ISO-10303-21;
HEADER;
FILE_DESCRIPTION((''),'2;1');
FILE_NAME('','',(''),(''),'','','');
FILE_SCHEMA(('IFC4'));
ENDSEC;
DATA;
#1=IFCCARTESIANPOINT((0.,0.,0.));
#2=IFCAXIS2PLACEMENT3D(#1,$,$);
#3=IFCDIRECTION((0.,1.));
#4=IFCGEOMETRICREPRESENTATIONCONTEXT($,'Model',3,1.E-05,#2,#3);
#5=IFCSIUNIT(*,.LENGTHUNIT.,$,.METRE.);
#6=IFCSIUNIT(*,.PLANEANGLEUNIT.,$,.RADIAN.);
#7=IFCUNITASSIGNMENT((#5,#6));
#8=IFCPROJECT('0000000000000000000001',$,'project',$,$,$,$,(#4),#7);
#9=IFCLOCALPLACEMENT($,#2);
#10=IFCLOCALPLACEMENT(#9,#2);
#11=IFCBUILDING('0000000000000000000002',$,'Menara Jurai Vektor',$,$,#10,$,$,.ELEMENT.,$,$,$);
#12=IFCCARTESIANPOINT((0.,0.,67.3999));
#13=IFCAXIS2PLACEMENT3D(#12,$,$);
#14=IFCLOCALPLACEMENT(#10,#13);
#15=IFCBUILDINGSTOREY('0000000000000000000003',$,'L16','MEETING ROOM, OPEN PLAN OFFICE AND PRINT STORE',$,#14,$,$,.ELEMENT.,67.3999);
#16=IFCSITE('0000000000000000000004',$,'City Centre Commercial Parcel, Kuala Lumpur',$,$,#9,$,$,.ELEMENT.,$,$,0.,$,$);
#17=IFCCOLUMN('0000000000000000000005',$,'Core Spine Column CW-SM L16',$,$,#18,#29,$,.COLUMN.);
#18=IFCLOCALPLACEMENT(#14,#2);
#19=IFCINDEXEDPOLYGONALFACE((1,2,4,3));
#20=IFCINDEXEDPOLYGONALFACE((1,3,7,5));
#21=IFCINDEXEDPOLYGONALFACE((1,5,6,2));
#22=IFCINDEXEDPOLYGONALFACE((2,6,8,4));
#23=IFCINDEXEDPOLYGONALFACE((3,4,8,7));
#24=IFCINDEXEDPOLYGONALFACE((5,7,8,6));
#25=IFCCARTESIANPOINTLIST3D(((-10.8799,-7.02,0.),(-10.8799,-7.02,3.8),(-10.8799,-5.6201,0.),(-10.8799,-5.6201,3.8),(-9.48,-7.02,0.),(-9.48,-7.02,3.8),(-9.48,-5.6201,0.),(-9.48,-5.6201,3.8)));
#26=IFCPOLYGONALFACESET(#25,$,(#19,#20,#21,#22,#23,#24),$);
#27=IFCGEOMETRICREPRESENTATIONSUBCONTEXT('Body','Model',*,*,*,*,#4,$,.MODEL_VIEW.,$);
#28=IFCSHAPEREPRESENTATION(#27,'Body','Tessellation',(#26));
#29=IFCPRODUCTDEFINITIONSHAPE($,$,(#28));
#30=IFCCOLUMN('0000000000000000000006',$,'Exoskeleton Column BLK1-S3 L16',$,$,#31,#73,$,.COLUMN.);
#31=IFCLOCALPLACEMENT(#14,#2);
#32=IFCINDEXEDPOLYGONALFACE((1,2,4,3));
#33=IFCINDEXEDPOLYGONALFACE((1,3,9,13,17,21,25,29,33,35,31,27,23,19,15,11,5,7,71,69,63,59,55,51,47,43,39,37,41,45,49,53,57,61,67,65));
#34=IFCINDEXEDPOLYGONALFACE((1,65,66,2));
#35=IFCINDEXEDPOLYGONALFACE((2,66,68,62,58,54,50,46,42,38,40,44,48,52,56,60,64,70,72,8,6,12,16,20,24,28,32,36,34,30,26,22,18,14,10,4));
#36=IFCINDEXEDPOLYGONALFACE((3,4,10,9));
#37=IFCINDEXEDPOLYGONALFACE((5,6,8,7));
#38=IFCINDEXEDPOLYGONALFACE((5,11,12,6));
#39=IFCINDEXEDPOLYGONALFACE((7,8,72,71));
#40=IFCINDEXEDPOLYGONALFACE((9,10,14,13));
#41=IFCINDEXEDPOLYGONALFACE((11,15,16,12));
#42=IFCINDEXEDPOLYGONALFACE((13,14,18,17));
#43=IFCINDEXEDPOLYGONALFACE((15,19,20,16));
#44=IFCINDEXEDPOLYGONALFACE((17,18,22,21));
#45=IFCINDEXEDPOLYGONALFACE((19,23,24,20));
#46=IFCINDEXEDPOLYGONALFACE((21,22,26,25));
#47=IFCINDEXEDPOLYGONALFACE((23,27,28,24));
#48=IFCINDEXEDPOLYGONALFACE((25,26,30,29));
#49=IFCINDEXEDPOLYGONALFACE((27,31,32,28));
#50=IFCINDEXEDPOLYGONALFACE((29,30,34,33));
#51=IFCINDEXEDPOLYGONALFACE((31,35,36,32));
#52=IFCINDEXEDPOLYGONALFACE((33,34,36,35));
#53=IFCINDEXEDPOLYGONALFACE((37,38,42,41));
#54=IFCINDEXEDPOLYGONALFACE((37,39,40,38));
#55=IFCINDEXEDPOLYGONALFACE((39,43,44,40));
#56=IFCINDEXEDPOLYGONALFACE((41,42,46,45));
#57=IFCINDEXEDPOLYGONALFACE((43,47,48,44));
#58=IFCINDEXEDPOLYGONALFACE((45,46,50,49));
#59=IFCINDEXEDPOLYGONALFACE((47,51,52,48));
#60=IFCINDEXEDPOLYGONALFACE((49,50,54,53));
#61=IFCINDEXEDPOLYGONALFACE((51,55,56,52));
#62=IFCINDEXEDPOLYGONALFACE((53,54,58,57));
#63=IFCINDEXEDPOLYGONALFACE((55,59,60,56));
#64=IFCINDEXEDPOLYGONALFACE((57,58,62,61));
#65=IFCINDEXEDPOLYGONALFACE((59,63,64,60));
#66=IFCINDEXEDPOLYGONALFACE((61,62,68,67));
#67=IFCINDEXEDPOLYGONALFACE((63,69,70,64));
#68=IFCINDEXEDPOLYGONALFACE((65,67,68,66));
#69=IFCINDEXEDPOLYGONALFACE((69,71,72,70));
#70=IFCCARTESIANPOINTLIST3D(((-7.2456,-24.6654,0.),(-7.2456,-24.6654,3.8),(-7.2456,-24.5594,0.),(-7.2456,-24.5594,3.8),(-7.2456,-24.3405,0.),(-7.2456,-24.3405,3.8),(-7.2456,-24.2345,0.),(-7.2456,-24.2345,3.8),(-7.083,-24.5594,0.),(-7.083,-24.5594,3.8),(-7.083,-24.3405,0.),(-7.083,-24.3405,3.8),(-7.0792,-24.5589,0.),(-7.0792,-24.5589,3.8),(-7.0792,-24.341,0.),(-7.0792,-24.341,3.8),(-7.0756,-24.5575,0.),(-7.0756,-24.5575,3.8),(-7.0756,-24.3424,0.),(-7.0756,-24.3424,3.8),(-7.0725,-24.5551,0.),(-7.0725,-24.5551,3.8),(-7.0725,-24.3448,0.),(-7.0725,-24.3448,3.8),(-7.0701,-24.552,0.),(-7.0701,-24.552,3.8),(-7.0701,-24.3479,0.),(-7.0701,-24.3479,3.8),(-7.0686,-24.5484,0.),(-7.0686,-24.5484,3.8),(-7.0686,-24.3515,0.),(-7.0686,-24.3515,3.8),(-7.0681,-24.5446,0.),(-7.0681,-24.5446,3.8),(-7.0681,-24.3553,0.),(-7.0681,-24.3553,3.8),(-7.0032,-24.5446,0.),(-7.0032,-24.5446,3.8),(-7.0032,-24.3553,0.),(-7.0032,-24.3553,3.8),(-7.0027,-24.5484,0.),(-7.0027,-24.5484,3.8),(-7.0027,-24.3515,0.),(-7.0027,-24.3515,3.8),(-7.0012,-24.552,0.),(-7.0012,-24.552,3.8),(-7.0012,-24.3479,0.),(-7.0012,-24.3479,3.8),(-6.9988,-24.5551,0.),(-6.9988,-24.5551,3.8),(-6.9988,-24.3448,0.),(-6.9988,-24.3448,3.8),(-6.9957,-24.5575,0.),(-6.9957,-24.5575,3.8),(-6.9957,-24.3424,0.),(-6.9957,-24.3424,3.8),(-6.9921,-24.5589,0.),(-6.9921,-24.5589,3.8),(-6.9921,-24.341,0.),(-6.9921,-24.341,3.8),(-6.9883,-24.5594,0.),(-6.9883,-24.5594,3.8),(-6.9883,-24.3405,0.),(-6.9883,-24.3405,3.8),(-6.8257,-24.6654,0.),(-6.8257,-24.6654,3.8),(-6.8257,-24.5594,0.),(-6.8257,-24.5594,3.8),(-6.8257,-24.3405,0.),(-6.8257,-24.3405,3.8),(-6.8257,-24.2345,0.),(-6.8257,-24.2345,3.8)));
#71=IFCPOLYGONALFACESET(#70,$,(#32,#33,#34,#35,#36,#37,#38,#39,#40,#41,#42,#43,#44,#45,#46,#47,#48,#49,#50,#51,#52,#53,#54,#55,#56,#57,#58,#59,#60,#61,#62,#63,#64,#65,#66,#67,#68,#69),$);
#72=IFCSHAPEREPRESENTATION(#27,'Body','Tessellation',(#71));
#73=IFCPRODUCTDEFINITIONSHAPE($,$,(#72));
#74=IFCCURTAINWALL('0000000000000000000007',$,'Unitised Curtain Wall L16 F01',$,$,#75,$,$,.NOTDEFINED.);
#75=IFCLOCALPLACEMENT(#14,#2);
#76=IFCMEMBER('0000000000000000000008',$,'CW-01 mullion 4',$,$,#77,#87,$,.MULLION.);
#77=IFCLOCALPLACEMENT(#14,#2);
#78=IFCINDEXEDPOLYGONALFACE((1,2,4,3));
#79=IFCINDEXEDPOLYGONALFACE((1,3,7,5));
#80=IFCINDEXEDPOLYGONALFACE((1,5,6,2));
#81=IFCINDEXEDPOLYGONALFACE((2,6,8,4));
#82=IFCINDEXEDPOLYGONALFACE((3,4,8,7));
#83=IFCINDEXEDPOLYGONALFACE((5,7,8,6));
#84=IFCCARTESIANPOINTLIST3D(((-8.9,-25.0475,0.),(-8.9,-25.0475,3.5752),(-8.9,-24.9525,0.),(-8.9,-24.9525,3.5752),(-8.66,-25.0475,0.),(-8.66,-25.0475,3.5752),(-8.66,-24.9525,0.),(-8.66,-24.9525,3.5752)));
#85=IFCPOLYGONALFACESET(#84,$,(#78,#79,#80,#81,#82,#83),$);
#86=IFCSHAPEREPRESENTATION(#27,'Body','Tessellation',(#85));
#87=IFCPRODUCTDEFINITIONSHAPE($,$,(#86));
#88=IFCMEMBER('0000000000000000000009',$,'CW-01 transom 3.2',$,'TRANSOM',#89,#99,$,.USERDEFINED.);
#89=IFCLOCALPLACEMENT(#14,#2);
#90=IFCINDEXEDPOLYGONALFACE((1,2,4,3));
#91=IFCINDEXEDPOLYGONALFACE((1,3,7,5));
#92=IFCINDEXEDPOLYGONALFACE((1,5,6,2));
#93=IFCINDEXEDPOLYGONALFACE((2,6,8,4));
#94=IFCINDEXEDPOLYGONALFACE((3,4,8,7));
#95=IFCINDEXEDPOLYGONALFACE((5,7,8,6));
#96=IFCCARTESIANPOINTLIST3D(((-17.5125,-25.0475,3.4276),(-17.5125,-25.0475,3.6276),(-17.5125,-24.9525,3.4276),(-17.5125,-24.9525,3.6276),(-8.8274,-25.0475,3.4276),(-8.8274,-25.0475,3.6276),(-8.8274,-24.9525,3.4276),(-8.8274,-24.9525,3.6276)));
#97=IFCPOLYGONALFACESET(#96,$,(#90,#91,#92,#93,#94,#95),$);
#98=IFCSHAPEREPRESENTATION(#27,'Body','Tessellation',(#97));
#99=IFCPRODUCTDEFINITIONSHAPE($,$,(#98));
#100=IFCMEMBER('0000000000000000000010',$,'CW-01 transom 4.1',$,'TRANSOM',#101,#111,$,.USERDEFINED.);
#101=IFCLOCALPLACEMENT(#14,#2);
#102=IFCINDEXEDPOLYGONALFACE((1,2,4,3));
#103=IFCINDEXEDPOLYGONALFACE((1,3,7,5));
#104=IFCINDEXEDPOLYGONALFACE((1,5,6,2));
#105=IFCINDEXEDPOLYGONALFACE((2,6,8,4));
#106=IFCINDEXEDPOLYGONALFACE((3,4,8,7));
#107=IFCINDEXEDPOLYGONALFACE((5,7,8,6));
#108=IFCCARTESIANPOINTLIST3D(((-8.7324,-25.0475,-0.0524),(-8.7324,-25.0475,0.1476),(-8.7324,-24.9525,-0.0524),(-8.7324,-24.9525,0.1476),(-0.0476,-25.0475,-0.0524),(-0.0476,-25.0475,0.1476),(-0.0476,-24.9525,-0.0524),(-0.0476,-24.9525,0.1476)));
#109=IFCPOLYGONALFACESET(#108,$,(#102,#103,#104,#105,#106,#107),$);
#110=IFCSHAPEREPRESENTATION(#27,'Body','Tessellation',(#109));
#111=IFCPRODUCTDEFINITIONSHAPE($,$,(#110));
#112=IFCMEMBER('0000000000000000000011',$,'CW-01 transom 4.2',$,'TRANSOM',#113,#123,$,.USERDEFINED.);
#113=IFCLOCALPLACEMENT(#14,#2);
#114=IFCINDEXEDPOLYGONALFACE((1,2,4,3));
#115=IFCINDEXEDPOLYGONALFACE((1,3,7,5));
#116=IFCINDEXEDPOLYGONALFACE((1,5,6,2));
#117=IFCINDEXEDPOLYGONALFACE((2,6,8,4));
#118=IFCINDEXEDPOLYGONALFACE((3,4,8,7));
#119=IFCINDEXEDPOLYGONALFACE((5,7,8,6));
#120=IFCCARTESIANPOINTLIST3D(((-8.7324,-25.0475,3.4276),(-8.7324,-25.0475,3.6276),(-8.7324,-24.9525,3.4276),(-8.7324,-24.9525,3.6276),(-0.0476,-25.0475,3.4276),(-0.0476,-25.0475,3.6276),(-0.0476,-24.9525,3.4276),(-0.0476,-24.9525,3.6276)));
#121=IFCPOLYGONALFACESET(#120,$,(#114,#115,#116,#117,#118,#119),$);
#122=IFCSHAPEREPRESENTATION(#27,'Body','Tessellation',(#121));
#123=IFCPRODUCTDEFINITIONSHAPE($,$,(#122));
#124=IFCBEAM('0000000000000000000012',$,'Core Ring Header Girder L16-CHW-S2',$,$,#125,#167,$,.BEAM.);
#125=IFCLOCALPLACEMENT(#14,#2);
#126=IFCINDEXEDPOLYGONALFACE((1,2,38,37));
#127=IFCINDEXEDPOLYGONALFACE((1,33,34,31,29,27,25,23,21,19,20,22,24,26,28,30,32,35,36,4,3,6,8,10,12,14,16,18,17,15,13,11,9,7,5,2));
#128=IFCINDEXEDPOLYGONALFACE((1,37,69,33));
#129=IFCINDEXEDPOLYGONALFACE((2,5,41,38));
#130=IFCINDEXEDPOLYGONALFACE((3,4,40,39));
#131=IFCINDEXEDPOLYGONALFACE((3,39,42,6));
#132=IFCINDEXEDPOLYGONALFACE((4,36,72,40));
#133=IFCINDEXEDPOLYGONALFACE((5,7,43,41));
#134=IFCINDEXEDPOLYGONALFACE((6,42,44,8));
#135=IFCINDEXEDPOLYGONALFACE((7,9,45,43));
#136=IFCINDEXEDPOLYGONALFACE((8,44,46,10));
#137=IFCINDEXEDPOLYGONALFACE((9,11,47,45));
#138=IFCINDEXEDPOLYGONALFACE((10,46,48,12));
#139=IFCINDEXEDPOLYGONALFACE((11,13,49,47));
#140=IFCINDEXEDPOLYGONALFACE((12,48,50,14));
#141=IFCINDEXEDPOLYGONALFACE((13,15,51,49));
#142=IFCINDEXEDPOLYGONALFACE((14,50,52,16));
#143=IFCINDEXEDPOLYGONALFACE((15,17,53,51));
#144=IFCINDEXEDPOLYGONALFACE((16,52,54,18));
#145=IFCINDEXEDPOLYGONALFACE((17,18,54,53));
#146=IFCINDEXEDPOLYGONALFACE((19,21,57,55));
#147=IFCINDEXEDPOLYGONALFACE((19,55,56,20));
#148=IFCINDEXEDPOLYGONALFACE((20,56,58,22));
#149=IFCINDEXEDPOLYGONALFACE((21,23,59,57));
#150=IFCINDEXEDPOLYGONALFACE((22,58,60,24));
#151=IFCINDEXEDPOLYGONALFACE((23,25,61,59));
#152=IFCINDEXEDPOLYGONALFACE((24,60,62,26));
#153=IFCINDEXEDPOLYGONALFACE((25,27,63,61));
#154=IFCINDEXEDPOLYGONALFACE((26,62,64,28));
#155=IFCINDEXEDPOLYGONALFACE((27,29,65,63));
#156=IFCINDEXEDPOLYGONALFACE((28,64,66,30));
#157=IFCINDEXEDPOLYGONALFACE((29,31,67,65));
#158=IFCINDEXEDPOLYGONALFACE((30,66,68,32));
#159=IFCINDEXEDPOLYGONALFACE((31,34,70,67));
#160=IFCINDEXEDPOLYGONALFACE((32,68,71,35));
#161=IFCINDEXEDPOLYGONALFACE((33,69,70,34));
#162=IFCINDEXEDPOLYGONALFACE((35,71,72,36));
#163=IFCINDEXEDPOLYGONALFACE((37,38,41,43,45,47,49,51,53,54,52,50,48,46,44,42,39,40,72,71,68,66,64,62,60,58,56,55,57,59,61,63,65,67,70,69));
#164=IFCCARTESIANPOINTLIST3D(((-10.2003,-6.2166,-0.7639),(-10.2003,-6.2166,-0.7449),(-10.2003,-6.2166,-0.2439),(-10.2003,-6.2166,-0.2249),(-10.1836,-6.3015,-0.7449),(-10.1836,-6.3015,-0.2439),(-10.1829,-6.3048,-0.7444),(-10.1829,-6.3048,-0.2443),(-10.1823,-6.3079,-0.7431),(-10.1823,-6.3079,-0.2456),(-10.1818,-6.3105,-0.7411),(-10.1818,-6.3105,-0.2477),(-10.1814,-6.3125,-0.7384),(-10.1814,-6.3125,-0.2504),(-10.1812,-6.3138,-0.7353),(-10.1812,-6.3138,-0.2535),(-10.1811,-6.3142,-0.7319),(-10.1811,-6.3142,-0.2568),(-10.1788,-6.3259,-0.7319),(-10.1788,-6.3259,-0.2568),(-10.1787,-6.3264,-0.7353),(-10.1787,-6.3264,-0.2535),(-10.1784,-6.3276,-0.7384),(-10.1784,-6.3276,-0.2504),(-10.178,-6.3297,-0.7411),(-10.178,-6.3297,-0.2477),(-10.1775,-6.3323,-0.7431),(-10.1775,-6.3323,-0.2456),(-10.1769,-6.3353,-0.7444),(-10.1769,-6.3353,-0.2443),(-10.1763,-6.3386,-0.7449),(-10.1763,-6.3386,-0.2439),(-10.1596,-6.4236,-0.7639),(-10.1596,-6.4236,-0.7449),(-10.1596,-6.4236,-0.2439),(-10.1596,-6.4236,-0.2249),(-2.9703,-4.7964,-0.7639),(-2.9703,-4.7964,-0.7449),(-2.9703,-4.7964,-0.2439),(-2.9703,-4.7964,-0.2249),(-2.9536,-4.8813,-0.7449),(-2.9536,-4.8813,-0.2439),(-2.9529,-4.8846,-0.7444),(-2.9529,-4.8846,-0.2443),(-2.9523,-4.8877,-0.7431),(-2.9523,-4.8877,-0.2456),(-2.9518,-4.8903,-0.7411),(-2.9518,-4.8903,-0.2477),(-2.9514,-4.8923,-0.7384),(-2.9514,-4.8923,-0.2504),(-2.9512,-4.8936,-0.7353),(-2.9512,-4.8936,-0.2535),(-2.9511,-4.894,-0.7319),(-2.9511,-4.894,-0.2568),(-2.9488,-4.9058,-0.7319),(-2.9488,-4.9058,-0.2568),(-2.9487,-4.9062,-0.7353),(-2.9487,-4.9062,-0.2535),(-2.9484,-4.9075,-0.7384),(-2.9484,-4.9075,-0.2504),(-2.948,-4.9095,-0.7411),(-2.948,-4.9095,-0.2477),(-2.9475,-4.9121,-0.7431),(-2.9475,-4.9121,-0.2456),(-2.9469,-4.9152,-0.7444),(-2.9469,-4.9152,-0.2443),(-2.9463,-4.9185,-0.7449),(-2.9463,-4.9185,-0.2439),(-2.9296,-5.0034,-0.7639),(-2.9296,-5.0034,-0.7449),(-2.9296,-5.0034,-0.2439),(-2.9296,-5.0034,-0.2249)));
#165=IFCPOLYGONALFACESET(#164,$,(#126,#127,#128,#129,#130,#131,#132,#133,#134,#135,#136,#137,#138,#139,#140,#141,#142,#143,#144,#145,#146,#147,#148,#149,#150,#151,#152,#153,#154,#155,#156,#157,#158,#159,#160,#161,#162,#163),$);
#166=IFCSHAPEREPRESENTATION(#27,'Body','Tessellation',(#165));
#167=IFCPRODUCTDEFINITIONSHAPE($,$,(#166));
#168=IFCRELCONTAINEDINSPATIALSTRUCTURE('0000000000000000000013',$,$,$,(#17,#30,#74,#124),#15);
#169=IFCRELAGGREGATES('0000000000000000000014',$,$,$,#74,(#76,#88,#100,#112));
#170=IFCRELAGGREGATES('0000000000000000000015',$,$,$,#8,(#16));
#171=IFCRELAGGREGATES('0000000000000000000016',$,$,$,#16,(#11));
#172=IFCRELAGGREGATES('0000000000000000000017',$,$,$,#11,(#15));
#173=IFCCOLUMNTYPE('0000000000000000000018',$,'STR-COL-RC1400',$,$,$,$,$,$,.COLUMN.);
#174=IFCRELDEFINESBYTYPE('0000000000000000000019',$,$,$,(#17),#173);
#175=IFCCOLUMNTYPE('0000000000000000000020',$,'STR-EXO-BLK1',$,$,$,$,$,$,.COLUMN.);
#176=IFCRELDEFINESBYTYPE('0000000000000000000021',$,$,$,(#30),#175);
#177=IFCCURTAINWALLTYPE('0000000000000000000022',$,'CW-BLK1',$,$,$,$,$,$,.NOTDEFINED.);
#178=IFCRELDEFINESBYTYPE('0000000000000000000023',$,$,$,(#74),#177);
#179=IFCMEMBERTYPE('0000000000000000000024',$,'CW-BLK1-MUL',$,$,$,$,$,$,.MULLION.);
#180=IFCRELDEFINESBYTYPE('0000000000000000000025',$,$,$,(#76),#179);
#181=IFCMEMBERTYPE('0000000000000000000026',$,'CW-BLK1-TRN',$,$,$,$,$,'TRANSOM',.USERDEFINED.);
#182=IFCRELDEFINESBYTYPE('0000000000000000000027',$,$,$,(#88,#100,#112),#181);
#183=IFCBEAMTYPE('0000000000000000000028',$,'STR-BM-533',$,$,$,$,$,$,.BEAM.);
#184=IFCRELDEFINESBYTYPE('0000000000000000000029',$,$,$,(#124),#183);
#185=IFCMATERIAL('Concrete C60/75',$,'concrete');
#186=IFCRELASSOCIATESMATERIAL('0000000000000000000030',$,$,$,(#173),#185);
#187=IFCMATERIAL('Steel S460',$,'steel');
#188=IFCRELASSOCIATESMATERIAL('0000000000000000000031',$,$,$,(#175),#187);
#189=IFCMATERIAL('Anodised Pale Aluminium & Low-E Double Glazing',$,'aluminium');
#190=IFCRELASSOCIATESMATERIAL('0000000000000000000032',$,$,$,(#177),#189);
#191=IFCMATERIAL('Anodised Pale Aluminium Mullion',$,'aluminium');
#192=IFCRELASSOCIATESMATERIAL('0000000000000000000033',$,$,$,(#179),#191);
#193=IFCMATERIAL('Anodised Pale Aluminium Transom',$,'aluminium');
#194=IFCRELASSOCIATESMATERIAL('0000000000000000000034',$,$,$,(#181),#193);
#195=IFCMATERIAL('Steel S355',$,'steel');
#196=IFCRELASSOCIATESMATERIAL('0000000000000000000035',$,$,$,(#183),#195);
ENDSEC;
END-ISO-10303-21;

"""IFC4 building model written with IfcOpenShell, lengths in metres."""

from ifc_helpers import new_model, si_unit, direction, frame, origin, origin_2d, place, context, subcontext, project, spatial, rectangle, i_section, extrude, material, material_profile, profile_set, type_object, element, aggregate, save


model = new_model("IFC4")

# Units and contexts
model_context = context("Model", 3, precision=1e-05, world=origin(), true_north=direction((0.0, 1.0)))
body_context = subcontext(model_context, "Body", "Model", "MODEL_VIEW")
ifc_project = project(units=[si_unit("LENGTHUNIT", "METRE"), si_unit("PLANEANGLEUNIT", "RADIAN")], contexts=[model_context])

# Site, building, storey
site_placement = place(None, origin())
site = spatial("IfcSite", under=ifc_project, at=site_placement, Name="City Centre Commercial Parcel, Kuala Lumpur", CompositionType="ELEMENT", RefElevation=0.0)
building_placement = place(site_placement, origin())
building = spatial("IfcBuilding", under=site, at=building_placement, Name="Menara Jurai Vektor", CompositionType="ELEMENT")
storey_placement = place(building_placement, frame((0.0, 0.0, 67.3999)))
storey = spatial("IfcBuildingStorey", under=building, at=storey_placement, Name="L16", Description="MEETING ROOM, OPEN PLAN OFFICE AND PRINT STORE", CompositionType="ELEMENT", Elevation=67.3999)

# Columns
ifc_material_1 = material(Name="Concrete C60/75", Category="concrete")
ifc_material_profile_1 = material_profile(ifc_material_1, rectangle(XDim=1.3999, YDim=1.3999, at=origin_2d()), Name="RC 1400x1400")
ifc_profile_set_1 = profile_set([ifc_material_profile_1], Name="Concrete C60/75")
column_type_1 = type_object("IfcColumnType", Name="STR-COL-RC1400", PredefinedType="COLUMN", material=ifc_profile_set_1)
column_1_placement = place(storey_placement, frame((-10.1799, -6.3201, 0.0), z_axis=(0.0, 0.0, 1.0), x_axis=(1.0, 0.0, 0.0)))
element("IfcColumn", 1, at=column_1_placement, inside=storey, type_object=column_type_1, Name="Core Spine Column CW-SM L16", PredefinedType="COLUMN", context=body_context, shape_type="SweptSolid", body=[
    extrude(rectangle(XDim=1.3999, YDim=1.3999, at=origin_2d()), origin(), (0.0, 0.0, 1.0), 3.8),
])
ifc_material_2 = material(Name="Steel S460", Category="steel")
ifc_material_profile_2 = material_profile(ifc_material_2, i_section(OverallWidth=0.4199, OverallDepth=0.4309, WebThickness=0.0649, FlangeThickness=0.106, FilletRadius=0.0149, at=origin_2d()), Name="HD 400x900")
ifc_profile_set_2 = profile_set([ifc_material_profile_2], Name="Steel S460")
column_type_2 = type_object("IfcColumnType", Name="STR-EXO-BLK1", PredefinedType="COLUMN", material=ifc_profile_set_2)
column_2_placement = place(storey_placement, frame((-7.0356, -24.45, 0.0), z_axis=(0.0, 0.0, 1.0), x_axis=(1.0, 0.0, 0.0)))
element("IfcColumn", 2, at=column_2_placement, inside=storey, type_object=column_type_2, Name="Exoskeleton Column BLK1-S3 L16", PredefinedType="COLUMN", context=body_context, shape_type="SweptSolid", body=[
    extrude(i_section(OverallWidth=0.4199, OverallDepth=0.4309, WebThickness=0.0649, FlangeThickness=0.106, FilletRadius=0.0149, at=origin_2d()), origin(), (0.0, 0.0, 1.0), 3.8),
])

# Curtain wall, members
ifc_material_3 = material(Name="Anodised Pale Aluminium & Low-E Double Glazing", Category="aluminium")
curtain_wall_type = type_object("IfcCurtainWallType", Name="CW-BLK1", PredefinedType="NOTDEFINED", material=ifc_material_3)
curtain_wall_placement = place(storey_placement, origin())
curtain_wall = element("IfcCurtainWall", 3, at=curtain_wall_placement, inside=storey, type_object=curtain_wall_type, Name="Unitised Curtain Wall L16 F01", PredefinedType="NOTDEFINED")
ifc_material_4 = material(Name="Anodised Pale Aluminium Mullion", Category="aluminium")
ifc_material_profile_3 = material_profile(ifc_material_4, rectangle(XDim=0.095, YDim=0.24, at=origin_2d()), Name="ALU MUL 95x240")
ifc_profile_set_3 = profile_set([ifc_material_profile_3], Name="Anodised Pale Aluminium Mullion")
member_type_1 = type_object("IfcMemberType", Name="CW-BLK1-MUL", PredefinedType="MULLION", material=ifc_profile_set_3)
member_1_placement = place(storey_placement, frame((-8.78, -25.0, 0.0), z_axis=(0.0, 0.0, 1.0), x_axis=(0.0, 1.0, 0.0)))
member_1 = element("IfcMember", 4, at=member_1_placement, type_object=member_type_1, Name="CW-01 mullion 4", PredefinedType="MULLION", context=body_context, shape_type="SweptSolid", body=[
    extrude(rectangle(XDim=0.095, YDim=0.24, at=origin_2d()), origin(), (0.0, 0.0, 1.0), 3.5752),
])
ifc_material_5 = material(Name="Anodised Pale Aluminium Transom", Category="aluminium")
ifc_material_profile_4 = material_profile(ifc_material_5, rectangle(XDim=0.095, YDim=0.2, at=origin_2d()), Name="ALU TRN 95x200")
ifc_profile_set_4 = profile_set([ifc_material_profile_4], Name="Anodised Pale Aluminium Transom")
member_type_2 = type_object("IfcMemberType", Name="CW-BLK1-TRN", ElementType="TRANSOM", PredefinedType="USERDEFINED", material=ifc_profile_set_4)
member_2_placement = place(storey_placement, frame((-17.5125, -25.0, 3.5276), z_axis=(1.0, 0.0, 0.0), x_axis=(0.0, 1.0, 0.0)))
member_2 = element("IfcMember", 5, at=member_2_placement, type_object=member_type_2, Name="CW-01 transom 3.2", ObjectType="TRANSOM", PredefinedType="USERDEFINED", context=body_context, shape_type="SweptSolid", body=[
    extrude(rectangle(XDim=0.095, YDim=0.2, at=origin_2d()), origin(), (0.0, 0.0, 1.0), 8.6851),
])
member_3_placement = place(storey_placement, frame((-8.7324, -25.0, 0.0476), z_axis=(1.0, 0.0, 0.0), x_axis=(0.0, 1.0, 0.0)))
member_3 = element("IfcMember", 6, at=member_3_placement, type_object=member_type_2, Name="CW-01 transom 4.1", ObjectType="TRANSOM", PredefinedType="USERDEFINED", context=body_context, shape_type="SweptSolid", body=[
    extrude(rectangle(XDim=0.095, YDim=0.2, at=origin_2d()), origin(), (0.0, 0.0, 1.0), 8.6848),
])
member_4_placement = place(storey_placement, frame((-8.7324, -25.0, 3.5276), z_axis=(1.0, 0.0, 0.0), x_axis=(0.0, 1.0, 0.0)))
member_4 = element("IfcMember", 7, at=member_4_placement, type_object=member_type_2, Name="CW-01 transom 4.2", ObjectType="TRANSOM", PredefinedType="USERDEFINED", context=body_context, shape_type="SweptSolid", body=[
    extrude(rectangle(XDim=0.095, YDim=0.2, at=origin_2d()), origin(), (0.0, 0.0, 1.0), 8.6848),
])

# Beam
ifc_material_6 = material(Name="Steel S355", Category="steel")
ifc_material_profile_5 = material_profile(ifc_material_6, i_section(OverallWidth=0.2109, OverallDepth=0.5391, WebThickness=0.012, FlangeThickness=0.019, FilletRadius=0.0129, at=origin_2d()), Name="UKB 533x210x109")
ifc_profile_set_5 = profile_set([ifc_material_profile_5], Name="Steel S355")
beam_type_1 = type_object("IfcBeamType", Name="STR-BM-533", PredefinedType="BEAM", material=ifc_profile_set_5)
beam_1_placement = place(storey_placement, frame((-10.1799, -6.3201, -0.4944), z_axis=(0.981249, 0.192744, 0.0), x_axis=(-0.192744, 0.981249, 0.0)))
element("IfcBeam", 8, at=beam_1_placement, inside=storey, type_object=beam_type_1, Name="Core Ring Header Girder L16-CHW-S2", PredefinedType="BEAM", context=body_context, shape_type="SweptSolid", body=[
    extrude(i_section(OverallWidth=0.2109, OverallDepth=0.5391, WebThickness=0.012, FlangeThickness=0.019, FilletRadius=0.0129, at=origin_2d()), origin(), (0.0, 0.0, 1.0), 7.3682),
])

aggregate(curtain_wall, [member_1, member_2, member_3, member_4])

save(model, "model.ifc")
